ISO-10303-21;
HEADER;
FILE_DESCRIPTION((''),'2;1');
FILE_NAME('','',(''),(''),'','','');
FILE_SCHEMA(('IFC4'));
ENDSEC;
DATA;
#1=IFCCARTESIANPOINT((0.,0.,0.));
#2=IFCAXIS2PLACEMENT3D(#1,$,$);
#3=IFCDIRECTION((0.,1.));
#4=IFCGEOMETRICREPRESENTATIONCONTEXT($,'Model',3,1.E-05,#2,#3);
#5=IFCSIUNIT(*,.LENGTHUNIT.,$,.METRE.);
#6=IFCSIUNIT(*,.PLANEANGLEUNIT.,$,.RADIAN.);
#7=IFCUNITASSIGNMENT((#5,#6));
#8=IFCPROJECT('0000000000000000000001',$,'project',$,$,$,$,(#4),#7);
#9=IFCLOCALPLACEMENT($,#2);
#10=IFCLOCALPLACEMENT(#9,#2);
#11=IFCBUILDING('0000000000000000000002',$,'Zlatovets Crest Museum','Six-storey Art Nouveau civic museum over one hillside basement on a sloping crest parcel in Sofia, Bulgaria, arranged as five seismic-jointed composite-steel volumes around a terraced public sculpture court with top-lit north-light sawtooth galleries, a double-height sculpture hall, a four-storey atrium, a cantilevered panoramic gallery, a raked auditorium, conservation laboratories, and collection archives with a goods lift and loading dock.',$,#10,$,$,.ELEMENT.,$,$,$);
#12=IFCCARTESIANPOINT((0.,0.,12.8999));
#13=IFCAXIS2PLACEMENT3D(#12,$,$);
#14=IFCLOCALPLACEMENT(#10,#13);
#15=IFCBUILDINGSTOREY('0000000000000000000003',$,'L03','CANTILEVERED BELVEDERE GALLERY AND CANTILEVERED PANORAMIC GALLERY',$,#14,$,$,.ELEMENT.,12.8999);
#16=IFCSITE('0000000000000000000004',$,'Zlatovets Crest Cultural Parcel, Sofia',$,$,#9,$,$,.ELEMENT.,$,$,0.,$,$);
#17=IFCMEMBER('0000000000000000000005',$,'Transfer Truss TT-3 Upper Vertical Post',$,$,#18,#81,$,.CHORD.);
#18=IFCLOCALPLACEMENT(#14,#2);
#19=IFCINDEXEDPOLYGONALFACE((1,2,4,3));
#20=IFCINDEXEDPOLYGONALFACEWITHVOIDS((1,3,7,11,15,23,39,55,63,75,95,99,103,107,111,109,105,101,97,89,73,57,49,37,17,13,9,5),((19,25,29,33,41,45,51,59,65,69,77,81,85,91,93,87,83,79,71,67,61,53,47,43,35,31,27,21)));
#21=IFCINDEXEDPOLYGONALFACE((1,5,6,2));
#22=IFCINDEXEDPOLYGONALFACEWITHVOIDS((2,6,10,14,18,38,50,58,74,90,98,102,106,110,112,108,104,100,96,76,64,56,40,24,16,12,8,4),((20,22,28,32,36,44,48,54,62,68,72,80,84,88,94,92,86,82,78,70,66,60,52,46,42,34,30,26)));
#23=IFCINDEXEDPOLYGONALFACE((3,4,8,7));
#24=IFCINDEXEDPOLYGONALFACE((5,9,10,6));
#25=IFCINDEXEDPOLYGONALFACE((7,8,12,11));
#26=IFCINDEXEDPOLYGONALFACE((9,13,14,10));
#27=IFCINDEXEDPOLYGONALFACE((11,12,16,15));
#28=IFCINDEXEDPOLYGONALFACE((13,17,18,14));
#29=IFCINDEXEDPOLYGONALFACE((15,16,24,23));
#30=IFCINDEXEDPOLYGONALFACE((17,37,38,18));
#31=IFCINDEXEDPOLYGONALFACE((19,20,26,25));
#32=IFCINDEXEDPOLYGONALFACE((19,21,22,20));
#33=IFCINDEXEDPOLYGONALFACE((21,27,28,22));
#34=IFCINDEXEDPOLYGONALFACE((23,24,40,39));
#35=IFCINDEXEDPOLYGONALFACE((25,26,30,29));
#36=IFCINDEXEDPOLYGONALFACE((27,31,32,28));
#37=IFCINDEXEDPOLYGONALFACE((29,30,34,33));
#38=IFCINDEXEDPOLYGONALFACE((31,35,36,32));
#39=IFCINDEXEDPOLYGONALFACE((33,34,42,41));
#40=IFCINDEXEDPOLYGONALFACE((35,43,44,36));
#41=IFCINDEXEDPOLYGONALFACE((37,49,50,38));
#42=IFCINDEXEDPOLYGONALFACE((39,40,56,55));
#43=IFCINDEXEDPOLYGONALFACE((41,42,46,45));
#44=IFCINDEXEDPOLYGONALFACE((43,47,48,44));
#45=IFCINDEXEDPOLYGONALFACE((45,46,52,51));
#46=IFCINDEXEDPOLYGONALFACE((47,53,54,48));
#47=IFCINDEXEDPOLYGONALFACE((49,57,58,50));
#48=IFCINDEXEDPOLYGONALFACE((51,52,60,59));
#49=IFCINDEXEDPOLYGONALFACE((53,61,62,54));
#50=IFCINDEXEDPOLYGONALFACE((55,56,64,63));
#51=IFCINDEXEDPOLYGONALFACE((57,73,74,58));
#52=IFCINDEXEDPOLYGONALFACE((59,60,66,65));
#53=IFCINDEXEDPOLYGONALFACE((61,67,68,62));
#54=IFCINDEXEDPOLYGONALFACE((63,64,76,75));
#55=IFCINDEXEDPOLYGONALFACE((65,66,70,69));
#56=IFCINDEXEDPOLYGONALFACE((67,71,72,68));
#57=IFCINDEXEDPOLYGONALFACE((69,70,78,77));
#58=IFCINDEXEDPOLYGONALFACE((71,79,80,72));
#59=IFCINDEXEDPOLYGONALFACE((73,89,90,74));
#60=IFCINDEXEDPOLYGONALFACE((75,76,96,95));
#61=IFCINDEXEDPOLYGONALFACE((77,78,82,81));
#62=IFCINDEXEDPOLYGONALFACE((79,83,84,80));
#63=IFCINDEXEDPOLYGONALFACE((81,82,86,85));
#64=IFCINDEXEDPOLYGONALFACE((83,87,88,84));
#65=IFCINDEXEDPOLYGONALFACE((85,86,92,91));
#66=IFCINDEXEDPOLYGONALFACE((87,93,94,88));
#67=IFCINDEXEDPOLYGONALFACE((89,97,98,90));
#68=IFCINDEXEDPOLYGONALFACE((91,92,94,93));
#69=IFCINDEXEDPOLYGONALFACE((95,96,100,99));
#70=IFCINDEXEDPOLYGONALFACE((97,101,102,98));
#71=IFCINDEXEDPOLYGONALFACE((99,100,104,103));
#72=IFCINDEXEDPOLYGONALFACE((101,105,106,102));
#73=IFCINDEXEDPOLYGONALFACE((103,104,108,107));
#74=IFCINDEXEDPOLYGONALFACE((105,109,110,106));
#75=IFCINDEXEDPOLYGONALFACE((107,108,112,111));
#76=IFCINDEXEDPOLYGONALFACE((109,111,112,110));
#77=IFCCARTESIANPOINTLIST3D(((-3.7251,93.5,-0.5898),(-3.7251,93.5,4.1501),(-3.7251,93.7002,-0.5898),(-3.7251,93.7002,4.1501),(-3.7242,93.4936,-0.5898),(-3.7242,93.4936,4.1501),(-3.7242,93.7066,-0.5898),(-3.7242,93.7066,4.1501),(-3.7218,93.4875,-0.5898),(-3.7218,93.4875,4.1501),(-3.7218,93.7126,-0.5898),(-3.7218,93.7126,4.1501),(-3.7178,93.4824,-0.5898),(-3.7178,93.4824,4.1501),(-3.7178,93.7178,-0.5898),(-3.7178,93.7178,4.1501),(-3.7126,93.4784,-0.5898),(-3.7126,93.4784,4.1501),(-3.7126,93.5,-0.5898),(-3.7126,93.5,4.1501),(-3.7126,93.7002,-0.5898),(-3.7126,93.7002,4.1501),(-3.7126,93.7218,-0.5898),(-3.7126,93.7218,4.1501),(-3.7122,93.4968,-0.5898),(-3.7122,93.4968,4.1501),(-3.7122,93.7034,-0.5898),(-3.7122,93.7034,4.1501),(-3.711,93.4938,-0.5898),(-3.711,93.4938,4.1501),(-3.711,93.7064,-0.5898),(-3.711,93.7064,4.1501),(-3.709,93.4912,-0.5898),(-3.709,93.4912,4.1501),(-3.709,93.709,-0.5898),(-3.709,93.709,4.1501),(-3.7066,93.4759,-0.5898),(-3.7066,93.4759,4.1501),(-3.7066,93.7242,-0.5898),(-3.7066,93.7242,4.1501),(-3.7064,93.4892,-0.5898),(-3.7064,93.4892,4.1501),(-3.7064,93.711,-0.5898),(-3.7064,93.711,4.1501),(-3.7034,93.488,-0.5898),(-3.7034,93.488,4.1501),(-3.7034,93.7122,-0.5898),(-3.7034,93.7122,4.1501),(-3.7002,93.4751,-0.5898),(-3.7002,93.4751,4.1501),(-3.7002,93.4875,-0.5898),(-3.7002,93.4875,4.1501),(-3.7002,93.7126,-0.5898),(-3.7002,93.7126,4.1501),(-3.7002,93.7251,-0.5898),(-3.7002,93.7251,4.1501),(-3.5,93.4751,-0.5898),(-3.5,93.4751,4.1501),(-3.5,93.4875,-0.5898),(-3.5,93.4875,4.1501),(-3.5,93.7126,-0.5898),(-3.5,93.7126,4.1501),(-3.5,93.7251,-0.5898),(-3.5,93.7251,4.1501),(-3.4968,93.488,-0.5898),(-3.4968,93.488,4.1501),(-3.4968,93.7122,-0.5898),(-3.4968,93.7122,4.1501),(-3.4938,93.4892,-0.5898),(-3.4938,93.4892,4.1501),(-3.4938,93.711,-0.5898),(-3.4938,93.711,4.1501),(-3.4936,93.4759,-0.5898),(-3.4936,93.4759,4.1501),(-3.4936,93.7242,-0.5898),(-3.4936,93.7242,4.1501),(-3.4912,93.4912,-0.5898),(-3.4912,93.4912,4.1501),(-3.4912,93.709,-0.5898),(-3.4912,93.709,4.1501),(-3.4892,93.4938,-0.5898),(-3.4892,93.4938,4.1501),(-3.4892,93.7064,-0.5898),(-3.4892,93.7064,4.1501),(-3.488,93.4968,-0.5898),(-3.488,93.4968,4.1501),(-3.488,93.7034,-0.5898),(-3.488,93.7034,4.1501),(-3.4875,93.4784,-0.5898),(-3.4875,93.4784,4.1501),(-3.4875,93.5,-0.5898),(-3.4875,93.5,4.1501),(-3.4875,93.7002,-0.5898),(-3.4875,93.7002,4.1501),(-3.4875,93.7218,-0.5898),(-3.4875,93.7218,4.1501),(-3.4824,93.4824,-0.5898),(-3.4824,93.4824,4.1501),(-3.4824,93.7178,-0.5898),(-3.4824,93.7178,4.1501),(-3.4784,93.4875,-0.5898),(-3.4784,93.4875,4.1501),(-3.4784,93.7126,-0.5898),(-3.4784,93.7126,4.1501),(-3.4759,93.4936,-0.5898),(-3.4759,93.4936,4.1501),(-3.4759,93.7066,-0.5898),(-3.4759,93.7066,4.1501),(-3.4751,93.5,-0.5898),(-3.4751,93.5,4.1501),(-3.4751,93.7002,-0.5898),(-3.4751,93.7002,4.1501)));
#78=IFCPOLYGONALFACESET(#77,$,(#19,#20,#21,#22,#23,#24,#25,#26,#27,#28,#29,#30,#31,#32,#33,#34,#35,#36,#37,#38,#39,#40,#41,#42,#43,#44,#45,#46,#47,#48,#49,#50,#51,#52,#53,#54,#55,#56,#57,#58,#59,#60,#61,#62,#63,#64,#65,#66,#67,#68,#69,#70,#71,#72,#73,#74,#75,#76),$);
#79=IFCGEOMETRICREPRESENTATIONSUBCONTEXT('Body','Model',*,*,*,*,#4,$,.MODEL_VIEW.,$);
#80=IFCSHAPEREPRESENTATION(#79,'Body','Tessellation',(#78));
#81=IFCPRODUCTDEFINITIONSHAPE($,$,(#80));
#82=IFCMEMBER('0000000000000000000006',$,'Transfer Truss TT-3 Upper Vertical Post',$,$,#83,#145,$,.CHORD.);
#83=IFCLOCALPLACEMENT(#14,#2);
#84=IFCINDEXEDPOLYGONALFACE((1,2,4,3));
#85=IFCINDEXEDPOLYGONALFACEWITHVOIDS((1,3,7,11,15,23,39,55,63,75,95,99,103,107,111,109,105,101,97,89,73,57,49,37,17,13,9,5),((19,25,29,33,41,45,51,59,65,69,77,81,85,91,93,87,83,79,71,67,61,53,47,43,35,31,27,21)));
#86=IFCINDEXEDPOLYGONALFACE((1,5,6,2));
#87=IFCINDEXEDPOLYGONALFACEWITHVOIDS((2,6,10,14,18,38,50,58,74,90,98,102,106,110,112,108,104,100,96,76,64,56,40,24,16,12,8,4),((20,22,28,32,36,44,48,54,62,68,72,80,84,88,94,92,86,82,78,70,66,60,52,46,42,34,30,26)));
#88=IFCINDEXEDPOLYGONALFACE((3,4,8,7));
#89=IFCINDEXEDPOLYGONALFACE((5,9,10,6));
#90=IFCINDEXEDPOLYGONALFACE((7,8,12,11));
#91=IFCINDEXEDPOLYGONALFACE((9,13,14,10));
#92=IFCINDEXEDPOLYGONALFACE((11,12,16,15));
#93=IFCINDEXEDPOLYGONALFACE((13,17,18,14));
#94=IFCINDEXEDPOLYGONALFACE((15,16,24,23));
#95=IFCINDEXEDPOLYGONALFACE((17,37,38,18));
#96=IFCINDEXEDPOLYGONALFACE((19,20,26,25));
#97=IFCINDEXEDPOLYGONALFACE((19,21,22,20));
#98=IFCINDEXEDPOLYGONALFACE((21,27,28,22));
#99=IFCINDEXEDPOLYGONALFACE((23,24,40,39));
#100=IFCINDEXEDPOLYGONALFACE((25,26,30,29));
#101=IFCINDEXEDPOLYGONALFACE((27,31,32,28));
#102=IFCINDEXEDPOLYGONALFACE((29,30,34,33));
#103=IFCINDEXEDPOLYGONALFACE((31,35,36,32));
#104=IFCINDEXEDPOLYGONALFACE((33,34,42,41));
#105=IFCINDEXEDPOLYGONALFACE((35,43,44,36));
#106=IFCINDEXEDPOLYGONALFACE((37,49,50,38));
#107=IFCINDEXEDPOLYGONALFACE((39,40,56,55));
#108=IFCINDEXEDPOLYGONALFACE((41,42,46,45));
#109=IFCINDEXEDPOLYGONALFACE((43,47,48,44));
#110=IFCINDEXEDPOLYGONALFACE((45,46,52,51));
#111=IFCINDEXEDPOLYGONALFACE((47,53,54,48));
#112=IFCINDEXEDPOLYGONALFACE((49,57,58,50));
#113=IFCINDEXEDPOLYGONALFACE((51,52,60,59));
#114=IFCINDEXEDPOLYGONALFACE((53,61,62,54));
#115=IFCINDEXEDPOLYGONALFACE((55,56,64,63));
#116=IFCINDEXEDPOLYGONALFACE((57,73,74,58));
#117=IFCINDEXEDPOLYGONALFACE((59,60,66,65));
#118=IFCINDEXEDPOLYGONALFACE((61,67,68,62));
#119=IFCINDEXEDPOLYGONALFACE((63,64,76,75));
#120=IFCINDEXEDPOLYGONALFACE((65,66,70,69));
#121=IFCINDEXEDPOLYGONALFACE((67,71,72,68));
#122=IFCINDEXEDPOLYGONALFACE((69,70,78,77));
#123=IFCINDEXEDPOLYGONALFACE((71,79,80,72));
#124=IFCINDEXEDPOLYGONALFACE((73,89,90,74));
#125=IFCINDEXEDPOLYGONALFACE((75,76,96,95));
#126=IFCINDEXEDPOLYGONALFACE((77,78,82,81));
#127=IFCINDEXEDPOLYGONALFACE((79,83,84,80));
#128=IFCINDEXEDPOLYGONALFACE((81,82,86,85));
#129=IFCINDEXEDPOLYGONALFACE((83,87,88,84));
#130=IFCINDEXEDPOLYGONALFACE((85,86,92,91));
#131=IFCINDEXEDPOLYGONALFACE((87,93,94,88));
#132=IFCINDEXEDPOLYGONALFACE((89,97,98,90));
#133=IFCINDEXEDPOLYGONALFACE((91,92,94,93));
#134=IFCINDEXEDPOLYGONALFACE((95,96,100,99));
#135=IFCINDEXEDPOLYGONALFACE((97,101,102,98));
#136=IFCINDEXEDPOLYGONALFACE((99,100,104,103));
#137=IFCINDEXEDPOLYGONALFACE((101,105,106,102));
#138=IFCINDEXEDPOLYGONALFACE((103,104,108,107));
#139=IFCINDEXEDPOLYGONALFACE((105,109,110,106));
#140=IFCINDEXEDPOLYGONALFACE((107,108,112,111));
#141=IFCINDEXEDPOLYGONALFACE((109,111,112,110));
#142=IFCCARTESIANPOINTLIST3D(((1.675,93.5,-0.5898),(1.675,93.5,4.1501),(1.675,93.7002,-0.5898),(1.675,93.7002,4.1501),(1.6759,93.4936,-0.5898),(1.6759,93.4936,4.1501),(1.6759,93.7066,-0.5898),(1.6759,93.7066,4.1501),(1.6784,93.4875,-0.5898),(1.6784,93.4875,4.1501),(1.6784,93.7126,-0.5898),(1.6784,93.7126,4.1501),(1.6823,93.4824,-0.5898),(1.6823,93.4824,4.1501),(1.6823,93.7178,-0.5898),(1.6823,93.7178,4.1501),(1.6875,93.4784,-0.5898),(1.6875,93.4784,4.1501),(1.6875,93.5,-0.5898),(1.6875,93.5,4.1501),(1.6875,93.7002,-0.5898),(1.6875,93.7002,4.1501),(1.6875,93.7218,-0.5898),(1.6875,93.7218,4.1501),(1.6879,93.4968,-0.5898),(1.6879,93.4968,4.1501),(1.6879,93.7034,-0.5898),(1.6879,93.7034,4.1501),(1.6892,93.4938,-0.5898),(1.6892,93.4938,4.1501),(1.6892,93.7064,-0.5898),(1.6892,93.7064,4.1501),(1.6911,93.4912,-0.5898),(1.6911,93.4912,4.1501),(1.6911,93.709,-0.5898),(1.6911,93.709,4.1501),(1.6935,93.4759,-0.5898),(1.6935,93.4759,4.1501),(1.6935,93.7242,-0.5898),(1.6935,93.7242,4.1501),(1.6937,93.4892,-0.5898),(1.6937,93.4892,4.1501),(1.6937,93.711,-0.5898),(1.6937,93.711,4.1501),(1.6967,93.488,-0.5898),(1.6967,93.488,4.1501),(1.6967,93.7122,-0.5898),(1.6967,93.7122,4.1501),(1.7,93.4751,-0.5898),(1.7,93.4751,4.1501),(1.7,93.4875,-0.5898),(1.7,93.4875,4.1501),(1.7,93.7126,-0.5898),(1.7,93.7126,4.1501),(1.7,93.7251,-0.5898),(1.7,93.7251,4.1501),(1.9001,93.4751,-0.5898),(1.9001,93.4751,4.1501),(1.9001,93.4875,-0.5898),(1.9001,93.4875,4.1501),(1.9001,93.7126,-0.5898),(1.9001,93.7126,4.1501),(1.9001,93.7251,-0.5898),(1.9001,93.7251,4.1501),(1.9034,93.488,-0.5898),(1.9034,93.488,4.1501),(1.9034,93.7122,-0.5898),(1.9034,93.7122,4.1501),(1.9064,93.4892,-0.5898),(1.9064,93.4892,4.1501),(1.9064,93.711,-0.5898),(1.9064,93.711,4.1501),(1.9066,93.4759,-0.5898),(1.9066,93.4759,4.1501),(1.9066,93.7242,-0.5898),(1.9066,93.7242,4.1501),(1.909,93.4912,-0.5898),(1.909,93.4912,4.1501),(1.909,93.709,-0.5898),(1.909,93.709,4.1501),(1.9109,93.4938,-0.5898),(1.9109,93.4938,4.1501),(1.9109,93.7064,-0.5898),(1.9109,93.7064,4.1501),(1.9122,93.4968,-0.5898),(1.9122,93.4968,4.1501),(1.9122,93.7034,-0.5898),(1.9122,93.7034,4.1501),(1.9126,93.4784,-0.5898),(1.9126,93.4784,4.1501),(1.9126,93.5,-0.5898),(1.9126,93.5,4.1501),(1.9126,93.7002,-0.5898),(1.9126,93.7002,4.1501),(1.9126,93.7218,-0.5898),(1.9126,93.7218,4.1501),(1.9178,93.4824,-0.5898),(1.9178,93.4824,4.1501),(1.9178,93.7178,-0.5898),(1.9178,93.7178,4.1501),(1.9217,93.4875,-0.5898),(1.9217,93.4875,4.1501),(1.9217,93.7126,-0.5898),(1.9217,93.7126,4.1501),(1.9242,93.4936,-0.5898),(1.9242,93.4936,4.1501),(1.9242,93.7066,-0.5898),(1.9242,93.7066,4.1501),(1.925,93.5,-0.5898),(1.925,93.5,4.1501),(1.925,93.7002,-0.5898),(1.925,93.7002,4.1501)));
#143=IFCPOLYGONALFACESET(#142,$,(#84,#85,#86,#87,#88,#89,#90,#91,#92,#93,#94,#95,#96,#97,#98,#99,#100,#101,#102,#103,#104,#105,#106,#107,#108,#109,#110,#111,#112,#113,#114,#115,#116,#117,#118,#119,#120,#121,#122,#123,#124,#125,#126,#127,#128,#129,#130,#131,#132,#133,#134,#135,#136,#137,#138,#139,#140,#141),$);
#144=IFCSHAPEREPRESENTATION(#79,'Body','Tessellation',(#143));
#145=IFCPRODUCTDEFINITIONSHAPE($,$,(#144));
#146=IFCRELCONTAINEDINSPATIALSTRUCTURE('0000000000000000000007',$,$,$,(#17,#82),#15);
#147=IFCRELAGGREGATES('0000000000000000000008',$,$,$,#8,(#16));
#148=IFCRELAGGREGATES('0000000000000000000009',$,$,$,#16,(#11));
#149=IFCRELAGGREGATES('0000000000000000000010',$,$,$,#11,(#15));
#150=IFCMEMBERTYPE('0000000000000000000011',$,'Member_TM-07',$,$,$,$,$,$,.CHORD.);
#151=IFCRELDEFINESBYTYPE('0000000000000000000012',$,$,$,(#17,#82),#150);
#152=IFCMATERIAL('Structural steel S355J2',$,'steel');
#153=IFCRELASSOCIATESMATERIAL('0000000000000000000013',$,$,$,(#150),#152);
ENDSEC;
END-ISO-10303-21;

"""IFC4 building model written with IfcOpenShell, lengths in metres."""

from ifc_helpers import new_model, si_unit, direction, frame, origin, origin_2d, place, context, subcontext, project, spatial, hollow_rectangle, extrude, material, material_profile, profile_set, type_object, element, save


model = new_model("IFC4")

# Units and contexts
model_context = context("Model", 3, precision=1e-05, world=origin(), true_north=direction((0.0, 1.0)))
body_context = subcontext(model_context, "Body", "Model", "MODEL_VIEW")
ifc_project = project(units=[si_unit("LENGTHUNIT", "METRE"), si_unit("PLANEANGLEUNIT", "RADIAN")], contexts=[model_context])

# Site, building, storey
site_placement = place(None, origin())
site = spatial("IfcSite", under=ifc_project, at=site_placement, Name="Zlatovets Crest Cultural Parcel, Sofia", CompositionType="ELEMENT", RefElevation=0.0)
building_placement = place(site_placement, origin())
building = spatial("IfcBuilding", under=site, at=building_placement, Name="Zlatovets Crest Museum", Description="Six-storey Art Nouveau civic museum over one hillside basement on a sloping crest parcel in Sofia, Bulgaria, arranged as five seismic-jointed composite-steel volumes around a terraced public sculpture court with top-lit north-light sawtooth galleries, a double-height sculpture hall, a four-storey atrium, a cantilevered panoramic gallery, a raked auditorium, conservation laboratories, and collection archives with a goods lift and loading dock.", CompositionType="ELEMENT")
storey_placement = place(building_placement, frame((0.0, 0.0, 12.8999)))
storey = spatial("IfcBuildingStorey", under=building, at=storey_placement, Name="L03", Description="CANTILEVERED BELVEDERE GALLERY AND CANTILEVERED PANORAMIC GALLERY", CompositionType="ELEMENT", Elevation=12.8999)

# Shared definitions
ifc_material_1 = material(Name="Structural steel S355J2", Category="steel")

# Members
ifc_material_profile_1 = material_profile(ifc_material_1, hollow_rectangle(XDim=0.25, YDim=0.25, WallThickness=0.0125, InnerFilletRadius=0.0125, OuterFilletRadius=0.0249, at=origin_2d()), Name="SHS 250x250x12.5")
ifc_profile_set_1 = profile_set([ifc_material_profile_1], Name="Structural steel S355J2")
member_type_1 = type_object("IfcMemberType", Name="Member_TM-07", PredefinedType="CHORD", material=ifc_profile_set_1)
for number, where, z_axis, x_axis, name in (
    (1, (-3.6001, 93.6001, -0.5898), (0.0, 0.0, 1.0), (1.0, 0.0, 0.0), "Transfer Truss TT-3 Upper Vertical Post"),
    (2, (1.8, 93.6001, -0.5898), (0.0, 0.0, 1.0), (1.0, 0.0, 0.0), "Transfer Truss TT-3 Upper Vertical Post"),
):
    element("IfcMember", number, at=place(storey_placement, frame(where, z_axis=z_axis, x_axis=x_axis)), inside=storey, type_object=member_type_1, Name=name, PredefinedType="CHORD", context=body_context, shape_type="SweptSolid", body=[
        extrude(hollow_rectangle(XDim=0.25, YDim=0.25, WallThickness=0.0125, InnerFilletRadius=0.0125, OuterFilletRadius=0.0249, at=origin_2d()), origin(), (0.0, 0.0, 1.0), 4.74),
    ])

save(model, "model.ifc")
